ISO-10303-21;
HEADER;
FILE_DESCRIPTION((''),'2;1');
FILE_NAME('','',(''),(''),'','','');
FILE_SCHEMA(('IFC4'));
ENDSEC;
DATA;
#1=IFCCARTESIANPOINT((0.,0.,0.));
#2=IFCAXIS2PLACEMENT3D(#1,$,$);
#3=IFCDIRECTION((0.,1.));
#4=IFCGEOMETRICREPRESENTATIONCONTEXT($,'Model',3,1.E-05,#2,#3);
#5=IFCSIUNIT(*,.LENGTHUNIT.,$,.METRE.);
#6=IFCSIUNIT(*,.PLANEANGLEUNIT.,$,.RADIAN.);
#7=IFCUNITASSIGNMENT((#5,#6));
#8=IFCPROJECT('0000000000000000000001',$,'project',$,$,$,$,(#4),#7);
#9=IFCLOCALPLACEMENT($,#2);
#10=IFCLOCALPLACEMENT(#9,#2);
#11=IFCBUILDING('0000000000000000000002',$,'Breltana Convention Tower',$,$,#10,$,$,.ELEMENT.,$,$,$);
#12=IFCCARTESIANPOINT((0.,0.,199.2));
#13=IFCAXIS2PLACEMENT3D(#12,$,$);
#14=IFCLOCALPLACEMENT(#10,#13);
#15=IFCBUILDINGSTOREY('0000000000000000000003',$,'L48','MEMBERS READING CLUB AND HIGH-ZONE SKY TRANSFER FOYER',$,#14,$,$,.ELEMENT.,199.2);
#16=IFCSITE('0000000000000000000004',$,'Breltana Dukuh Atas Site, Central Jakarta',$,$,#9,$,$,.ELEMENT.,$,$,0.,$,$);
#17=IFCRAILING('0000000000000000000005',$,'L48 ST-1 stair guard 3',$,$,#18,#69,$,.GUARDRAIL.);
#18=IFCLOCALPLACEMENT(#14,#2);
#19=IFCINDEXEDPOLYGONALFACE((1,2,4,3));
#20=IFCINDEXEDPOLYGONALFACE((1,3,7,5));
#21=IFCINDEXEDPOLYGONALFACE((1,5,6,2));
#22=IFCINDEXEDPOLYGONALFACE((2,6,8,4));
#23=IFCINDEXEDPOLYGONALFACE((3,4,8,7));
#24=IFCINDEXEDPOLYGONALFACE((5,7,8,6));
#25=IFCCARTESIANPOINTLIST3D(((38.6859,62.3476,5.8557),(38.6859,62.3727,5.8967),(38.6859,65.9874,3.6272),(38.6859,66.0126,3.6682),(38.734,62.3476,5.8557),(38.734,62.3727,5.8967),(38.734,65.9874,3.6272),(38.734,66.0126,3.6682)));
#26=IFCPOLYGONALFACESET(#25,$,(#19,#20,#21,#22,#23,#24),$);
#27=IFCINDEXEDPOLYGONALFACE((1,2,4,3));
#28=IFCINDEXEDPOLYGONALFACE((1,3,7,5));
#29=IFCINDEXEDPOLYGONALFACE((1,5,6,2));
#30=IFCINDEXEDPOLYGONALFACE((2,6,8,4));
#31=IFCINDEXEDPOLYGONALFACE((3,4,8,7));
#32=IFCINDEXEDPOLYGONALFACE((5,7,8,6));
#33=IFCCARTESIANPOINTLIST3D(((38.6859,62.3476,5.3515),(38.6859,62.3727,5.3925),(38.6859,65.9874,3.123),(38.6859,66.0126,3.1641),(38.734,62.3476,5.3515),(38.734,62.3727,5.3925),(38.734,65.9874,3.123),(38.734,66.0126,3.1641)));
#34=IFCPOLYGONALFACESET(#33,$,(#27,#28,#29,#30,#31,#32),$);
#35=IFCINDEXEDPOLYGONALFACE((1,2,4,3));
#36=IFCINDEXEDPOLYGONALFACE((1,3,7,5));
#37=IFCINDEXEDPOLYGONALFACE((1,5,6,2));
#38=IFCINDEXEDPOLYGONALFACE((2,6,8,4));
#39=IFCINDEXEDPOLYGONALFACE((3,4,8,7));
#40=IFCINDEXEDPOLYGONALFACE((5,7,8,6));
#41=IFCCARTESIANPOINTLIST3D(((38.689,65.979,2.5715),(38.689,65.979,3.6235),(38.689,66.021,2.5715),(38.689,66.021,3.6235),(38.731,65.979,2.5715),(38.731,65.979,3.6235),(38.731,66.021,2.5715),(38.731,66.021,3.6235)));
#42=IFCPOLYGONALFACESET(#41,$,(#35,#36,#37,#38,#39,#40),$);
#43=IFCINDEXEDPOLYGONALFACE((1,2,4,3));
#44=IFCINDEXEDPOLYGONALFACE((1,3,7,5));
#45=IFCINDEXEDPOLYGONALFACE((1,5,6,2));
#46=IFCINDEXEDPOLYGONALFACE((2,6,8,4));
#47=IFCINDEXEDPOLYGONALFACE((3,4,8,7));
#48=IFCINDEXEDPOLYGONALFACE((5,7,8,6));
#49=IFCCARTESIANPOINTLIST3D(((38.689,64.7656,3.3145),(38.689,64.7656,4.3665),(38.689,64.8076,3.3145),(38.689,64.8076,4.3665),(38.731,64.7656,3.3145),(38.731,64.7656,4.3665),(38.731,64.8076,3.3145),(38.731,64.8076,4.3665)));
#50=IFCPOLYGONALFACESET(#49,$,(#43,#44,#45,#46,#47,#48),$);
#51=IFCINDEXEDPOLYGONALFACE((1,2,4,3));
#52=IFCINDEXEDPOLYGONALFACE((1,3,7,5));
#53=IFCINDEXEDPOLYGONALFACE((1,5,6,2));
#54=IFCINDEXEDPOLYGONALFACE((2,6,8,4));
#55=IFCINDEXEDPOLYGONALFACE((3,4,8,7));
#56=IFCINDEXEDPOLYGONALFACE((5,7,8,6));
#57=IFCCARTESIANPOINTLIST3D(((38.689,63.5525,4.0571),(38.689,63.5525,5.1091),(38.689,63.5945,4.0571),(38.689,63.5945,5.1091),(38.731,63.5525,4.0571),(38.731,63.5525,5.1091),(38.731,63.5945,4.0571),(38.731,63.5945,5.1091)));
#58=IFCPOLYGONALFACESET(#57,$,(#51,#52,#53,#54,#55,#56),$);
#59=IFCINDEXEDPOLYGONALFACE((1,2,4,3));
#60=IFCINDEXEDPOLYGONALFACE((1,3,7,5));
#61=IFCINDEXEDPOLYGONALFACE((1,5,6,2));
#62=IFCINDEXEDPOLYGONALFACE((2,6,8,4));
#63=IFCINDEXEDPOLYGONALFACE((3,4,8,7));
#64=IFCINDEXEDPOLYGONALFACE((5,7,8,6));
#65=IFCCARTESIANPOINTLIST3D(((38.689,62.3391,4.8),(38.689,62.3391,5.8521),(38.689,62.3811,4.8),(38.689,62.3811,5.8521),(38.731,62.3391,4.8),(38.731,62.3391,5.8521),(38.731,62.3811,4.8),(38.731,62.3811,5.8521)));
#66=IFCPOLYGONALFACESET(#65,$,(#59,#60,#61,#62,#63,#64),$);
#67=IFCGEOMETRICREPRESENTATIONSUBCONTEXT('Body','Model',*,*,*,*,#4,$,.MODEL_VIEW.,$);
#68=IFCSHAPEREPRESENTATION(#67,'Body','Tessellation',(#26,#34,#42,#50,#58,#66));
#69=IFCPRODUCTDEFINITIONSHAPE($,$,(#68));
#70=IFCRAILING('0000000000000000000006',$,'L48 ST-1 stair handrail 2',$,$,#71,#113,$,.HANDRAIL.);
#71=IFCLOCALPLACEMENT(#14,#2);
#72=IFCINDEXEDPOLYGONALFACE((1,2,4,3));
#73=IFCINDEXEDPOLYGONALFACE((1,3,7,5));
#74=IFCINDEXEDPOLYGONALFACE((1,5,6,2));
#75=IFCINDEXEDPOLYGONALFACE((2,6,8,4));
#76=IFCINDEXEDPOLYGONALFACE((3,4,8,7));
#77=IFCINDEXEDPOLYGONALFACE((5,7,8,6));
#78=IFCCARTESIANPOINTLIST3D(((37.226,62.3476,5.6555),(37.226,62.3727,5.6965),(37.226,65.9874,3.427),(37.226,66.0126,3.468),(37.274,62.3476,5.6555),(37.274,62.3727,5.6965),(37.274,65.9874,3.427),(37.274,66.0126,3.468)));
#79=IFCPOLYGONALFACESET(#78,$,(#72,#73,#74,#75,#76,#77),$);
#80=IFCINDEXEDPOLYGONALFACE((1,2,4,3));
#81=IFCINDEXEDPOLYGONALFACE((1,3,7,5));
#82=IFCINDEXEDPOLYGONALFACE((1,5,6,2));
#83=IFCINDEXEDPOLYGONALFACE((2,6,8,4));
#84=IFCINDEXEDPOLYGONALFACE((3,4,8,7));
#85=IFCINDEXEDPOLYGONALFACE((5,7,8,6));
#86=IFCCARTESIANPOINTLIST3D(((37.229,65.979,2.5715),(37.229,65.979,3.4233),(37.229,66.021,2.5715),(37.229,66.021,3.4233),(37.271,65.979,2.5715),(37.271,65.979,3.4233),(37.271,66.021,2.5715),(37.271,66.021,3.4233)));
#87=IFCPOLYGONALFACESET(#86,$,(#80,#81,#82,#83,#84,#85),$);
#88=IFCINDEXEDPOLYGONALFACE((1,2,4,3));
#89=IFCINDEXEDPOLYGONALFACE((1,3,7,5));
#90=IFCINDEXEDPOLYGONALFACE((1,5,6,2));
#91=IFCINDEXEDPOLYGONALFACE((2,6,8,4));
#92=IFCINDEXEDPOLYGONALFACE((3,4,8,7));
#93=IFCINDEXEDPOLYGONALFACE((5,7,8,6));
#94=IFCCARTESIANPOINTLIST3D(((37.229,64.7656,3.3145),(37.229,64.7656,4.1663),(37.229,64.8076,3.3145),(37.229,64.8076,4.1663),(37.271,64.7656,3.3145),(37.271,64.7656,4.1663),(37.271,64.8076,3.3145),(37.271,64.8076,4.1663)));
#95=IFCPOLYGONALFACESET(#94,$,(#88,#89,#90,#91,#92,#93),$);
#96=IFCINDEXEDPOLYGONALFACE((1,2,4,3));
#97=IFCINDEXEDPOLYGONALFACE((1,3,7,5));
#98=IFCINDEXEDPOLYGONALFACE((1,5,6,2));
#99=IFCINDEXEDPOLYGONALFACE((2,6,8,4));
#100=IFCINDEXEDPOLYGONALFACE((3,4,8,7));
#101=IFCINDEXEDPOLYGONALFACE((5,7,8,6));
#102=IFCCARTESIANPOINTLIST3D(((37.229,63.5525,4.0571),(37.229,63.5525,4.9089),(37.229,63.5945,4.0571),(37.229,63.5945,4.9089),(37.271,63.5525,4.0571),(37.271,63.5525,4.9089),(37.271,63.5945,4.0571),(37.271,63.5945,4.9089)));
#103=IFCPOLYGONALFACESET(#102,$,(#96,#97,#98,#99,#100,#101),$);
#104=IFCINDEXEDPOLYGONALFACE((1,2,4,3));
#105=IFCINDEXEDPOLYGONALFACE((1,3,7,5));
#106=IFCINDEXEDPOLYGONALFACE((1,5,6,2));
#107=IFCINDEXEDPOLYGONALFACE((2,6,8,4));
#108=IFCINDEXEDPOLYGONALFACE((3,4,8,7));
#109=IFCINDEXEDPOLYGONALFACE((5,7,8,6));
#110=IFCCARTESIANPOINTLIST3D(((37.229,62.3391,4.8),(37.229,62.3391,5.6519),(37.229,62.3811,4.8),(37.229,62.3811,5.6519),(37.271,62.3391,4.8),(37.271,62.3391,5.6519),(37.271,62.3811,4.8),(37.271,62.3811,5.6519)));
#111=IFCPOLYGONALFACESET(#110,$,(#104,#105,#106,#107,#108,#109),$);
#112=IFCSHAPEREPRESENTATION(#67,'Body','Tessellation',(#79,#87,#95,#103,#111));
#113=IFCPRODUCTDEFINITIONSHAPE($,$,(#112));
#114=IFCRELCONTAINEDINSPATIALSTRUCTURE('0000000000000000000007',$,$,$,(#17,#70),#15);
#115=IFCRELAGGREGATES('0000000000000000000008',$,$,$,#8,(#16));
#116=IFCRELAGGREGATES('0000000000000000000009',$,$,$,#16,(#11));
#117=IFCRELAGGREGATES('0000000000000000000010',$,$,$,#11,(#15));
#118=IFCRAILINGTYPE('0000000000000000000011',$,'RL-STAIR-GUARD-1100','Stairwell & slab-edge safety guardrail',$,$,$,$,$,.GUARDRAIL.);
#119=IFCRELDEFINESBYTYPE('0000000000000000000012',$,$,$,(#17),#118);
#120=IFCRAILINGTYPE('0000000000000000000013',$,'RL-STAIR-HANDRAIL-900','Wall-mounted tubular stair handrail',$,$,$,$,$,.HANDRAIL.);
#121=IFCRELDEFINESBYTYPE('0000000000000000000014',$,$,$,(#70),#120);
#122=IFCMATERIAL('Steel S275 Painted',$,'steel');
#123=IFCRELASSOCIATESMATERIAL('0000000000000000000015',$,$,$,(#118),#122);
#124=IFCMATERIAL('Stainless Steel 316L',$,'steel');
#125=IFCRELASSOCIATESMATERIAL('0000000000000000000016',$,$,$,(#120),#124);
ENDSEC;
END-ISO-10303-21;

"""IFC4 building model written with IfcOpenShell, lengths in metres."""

from ifc_helpers import new_model, si_unit, direction, frame, origin, origin_2d, place, context, subcontext, project, spatial, rectangle, extrude, material, type_object, element, save


model = new_model("IFC4")

# Units and contexts
model_context = context("Model", 3, precision=1e-05, world=origin(), true_north=direction((0.0, 1.0)))
body_context = subcontext(model_context, "Body", "Model", "MODEL_VIEW")
ifc_project = project(units=[si_unit("LENGTHUNIT", "METRE"), si_unit("PLANEANGLEUNIT", "RADIAN")], contexts=[model_context])

# Site, building, storey
site_placement = place(None, origin())
site = spatial("IfcSite", under=ifc_project, at=site_placement, Name="Breltana Dukuh Atas Site, Central Jakarta", CompositionType="ELEMENT", RefElevation=0.0)
building_placement = place(site_placement, origin())
building = spatial("IfcBuilding", under=site, at=building_placement, Name="Breltana Convention Tower", CompositionType="ELEMENT")
storey_placement = place(building_placement, frame((0.0, 0.0, 199.2)))
storey = spatial("IfcBuildingStorey", under=building, at=storey_placement, Name="L48", Description="MEMBERS READING CLUB AND HIGH-ZONE SKY TRANSFER FOYER", CompositionType="ELEMENT", Elevation=199.2)

# Railings
ifc_material_1 = material(Name="Steel S275 Painted", Category="steel")
railing_type_1 = type_object("IfcRailingType", Name="RL-STAIR-GUARD-1100", Description="Stairwell & slab-edge safety guardrail", PredefinedType="GUARDRAIL", material=ifc_material_1)
railing_1_placement = place(storey_placement, frame((38.71, 66.0, 2.5715)))
element("IfcRailing", 1, at=railing_1_placement, inside=storey, type_object=railing_type_1, Name="L48 ST-1 stair guard 3", PredefinedType="GUARDRAIL", context=body_context, shape_type="SweptSolid", body=[
    extrude(rectangle(XDim=0.0481, YDim=0.0481, at=origin_2d()), frame((0.0, 0.0, 1.0762), z_axis=(0.0, -0.85285, 0.522156), x_axis=(1.0, 0.0, 0.0)), (0.0, 0.0, 1.0), 4.2678),
    extrude(rectangle(XDim=0.0481, YDim=0.0481, at=origin_2d()), frame((0.0, 0.0, 0.572), z_axis=(0.0, -0.85285, 0.522156), x_axis=(1.0, 0.0, 0.0)), (0.0, 0.0, 1.0), 4.2678),
    extrude(rectangle(XDim=0.042, YDim=0.042, at=origin_2d()), origin(), (0.0, 0.0, 1.0), 1.052),
    extrude(rectangle(XDim=0.042, YDim=0.042, at=origin_2d()), frame((0.0, -1.2134, 0.7429)), (0.0, 0.0, 1.0), 1.052),
    extrude(rectangle(XDim=0.042, YDim=0.042, at=origin_2d()), frame((0.0, -2.4265, 1.4856)), (0.0, 0.0, 1.0), 1.052),
    extrude(rectangle(XDim=0.042, YDim=0.042, at=origin_2d()), frame((0.0, -3.6399, 2.2285)), (0.0, 0.0, 1.0), 1.052),
])
ifc_material_2 = material(Name="Stainless Steel 316L", Category="steel")
railing_type_2 = type_object("IfcRailingType", Name="RL-STAIR-HANDRAIL-900", Description="Wall-mounted tubular stair handrail", PredefinedType="HANDRAIL", material=ifc_material_2)
railing_2_placement = place(storey_placement, frame((37.25, 66.0, 2.5715)))
element("IfcRailing", 2, at=railing_2_placement, inside=storey, type_object=railing_type_2, Name="L48 ST-1 stair handrail 2", PredefinedType="HANDRAIL", context=body_context, shape_type="SweptSolid", body=[
    extrude(rectangle(XDim=0.0481, YDim=0.0481, at=origin_2d()), frame((0.0, 0.0, 0.876), z_axis=(0.0, -0.85285, 0.522156), x_axis=(1.0, 0.0, 0.0)), (0.0, 0.0, 1.0), 4.2678),
    extrude(rectangle(XDim=0.042, YDim=0.042, at=origin_2d()), origin(), (0.0, 0.0, 1.0), 0.8518),
    extrude(rectangle(XDim=0.042, YDim=0.042, at=origin_2d()), frame((0.0, -1.2134, 0.7429)), (0.0, 0.0, 1.0), 0.8518),
    extrude(rectangle(XDim=0.042, YDim=0.042, at=origin_2d()), frame((0.0, -2.4265, 1.4856)), (0.0, 0.0, 1.0), 0.8518),
    extrude(rectangle(XDim=0.042, YDim=0.042, at=origin_2d()), frame((0.0, -3.6399, 2.2285)), (0.0, 0.0, 1.0), 0.8518),
])

save(model, "model.ifc")
